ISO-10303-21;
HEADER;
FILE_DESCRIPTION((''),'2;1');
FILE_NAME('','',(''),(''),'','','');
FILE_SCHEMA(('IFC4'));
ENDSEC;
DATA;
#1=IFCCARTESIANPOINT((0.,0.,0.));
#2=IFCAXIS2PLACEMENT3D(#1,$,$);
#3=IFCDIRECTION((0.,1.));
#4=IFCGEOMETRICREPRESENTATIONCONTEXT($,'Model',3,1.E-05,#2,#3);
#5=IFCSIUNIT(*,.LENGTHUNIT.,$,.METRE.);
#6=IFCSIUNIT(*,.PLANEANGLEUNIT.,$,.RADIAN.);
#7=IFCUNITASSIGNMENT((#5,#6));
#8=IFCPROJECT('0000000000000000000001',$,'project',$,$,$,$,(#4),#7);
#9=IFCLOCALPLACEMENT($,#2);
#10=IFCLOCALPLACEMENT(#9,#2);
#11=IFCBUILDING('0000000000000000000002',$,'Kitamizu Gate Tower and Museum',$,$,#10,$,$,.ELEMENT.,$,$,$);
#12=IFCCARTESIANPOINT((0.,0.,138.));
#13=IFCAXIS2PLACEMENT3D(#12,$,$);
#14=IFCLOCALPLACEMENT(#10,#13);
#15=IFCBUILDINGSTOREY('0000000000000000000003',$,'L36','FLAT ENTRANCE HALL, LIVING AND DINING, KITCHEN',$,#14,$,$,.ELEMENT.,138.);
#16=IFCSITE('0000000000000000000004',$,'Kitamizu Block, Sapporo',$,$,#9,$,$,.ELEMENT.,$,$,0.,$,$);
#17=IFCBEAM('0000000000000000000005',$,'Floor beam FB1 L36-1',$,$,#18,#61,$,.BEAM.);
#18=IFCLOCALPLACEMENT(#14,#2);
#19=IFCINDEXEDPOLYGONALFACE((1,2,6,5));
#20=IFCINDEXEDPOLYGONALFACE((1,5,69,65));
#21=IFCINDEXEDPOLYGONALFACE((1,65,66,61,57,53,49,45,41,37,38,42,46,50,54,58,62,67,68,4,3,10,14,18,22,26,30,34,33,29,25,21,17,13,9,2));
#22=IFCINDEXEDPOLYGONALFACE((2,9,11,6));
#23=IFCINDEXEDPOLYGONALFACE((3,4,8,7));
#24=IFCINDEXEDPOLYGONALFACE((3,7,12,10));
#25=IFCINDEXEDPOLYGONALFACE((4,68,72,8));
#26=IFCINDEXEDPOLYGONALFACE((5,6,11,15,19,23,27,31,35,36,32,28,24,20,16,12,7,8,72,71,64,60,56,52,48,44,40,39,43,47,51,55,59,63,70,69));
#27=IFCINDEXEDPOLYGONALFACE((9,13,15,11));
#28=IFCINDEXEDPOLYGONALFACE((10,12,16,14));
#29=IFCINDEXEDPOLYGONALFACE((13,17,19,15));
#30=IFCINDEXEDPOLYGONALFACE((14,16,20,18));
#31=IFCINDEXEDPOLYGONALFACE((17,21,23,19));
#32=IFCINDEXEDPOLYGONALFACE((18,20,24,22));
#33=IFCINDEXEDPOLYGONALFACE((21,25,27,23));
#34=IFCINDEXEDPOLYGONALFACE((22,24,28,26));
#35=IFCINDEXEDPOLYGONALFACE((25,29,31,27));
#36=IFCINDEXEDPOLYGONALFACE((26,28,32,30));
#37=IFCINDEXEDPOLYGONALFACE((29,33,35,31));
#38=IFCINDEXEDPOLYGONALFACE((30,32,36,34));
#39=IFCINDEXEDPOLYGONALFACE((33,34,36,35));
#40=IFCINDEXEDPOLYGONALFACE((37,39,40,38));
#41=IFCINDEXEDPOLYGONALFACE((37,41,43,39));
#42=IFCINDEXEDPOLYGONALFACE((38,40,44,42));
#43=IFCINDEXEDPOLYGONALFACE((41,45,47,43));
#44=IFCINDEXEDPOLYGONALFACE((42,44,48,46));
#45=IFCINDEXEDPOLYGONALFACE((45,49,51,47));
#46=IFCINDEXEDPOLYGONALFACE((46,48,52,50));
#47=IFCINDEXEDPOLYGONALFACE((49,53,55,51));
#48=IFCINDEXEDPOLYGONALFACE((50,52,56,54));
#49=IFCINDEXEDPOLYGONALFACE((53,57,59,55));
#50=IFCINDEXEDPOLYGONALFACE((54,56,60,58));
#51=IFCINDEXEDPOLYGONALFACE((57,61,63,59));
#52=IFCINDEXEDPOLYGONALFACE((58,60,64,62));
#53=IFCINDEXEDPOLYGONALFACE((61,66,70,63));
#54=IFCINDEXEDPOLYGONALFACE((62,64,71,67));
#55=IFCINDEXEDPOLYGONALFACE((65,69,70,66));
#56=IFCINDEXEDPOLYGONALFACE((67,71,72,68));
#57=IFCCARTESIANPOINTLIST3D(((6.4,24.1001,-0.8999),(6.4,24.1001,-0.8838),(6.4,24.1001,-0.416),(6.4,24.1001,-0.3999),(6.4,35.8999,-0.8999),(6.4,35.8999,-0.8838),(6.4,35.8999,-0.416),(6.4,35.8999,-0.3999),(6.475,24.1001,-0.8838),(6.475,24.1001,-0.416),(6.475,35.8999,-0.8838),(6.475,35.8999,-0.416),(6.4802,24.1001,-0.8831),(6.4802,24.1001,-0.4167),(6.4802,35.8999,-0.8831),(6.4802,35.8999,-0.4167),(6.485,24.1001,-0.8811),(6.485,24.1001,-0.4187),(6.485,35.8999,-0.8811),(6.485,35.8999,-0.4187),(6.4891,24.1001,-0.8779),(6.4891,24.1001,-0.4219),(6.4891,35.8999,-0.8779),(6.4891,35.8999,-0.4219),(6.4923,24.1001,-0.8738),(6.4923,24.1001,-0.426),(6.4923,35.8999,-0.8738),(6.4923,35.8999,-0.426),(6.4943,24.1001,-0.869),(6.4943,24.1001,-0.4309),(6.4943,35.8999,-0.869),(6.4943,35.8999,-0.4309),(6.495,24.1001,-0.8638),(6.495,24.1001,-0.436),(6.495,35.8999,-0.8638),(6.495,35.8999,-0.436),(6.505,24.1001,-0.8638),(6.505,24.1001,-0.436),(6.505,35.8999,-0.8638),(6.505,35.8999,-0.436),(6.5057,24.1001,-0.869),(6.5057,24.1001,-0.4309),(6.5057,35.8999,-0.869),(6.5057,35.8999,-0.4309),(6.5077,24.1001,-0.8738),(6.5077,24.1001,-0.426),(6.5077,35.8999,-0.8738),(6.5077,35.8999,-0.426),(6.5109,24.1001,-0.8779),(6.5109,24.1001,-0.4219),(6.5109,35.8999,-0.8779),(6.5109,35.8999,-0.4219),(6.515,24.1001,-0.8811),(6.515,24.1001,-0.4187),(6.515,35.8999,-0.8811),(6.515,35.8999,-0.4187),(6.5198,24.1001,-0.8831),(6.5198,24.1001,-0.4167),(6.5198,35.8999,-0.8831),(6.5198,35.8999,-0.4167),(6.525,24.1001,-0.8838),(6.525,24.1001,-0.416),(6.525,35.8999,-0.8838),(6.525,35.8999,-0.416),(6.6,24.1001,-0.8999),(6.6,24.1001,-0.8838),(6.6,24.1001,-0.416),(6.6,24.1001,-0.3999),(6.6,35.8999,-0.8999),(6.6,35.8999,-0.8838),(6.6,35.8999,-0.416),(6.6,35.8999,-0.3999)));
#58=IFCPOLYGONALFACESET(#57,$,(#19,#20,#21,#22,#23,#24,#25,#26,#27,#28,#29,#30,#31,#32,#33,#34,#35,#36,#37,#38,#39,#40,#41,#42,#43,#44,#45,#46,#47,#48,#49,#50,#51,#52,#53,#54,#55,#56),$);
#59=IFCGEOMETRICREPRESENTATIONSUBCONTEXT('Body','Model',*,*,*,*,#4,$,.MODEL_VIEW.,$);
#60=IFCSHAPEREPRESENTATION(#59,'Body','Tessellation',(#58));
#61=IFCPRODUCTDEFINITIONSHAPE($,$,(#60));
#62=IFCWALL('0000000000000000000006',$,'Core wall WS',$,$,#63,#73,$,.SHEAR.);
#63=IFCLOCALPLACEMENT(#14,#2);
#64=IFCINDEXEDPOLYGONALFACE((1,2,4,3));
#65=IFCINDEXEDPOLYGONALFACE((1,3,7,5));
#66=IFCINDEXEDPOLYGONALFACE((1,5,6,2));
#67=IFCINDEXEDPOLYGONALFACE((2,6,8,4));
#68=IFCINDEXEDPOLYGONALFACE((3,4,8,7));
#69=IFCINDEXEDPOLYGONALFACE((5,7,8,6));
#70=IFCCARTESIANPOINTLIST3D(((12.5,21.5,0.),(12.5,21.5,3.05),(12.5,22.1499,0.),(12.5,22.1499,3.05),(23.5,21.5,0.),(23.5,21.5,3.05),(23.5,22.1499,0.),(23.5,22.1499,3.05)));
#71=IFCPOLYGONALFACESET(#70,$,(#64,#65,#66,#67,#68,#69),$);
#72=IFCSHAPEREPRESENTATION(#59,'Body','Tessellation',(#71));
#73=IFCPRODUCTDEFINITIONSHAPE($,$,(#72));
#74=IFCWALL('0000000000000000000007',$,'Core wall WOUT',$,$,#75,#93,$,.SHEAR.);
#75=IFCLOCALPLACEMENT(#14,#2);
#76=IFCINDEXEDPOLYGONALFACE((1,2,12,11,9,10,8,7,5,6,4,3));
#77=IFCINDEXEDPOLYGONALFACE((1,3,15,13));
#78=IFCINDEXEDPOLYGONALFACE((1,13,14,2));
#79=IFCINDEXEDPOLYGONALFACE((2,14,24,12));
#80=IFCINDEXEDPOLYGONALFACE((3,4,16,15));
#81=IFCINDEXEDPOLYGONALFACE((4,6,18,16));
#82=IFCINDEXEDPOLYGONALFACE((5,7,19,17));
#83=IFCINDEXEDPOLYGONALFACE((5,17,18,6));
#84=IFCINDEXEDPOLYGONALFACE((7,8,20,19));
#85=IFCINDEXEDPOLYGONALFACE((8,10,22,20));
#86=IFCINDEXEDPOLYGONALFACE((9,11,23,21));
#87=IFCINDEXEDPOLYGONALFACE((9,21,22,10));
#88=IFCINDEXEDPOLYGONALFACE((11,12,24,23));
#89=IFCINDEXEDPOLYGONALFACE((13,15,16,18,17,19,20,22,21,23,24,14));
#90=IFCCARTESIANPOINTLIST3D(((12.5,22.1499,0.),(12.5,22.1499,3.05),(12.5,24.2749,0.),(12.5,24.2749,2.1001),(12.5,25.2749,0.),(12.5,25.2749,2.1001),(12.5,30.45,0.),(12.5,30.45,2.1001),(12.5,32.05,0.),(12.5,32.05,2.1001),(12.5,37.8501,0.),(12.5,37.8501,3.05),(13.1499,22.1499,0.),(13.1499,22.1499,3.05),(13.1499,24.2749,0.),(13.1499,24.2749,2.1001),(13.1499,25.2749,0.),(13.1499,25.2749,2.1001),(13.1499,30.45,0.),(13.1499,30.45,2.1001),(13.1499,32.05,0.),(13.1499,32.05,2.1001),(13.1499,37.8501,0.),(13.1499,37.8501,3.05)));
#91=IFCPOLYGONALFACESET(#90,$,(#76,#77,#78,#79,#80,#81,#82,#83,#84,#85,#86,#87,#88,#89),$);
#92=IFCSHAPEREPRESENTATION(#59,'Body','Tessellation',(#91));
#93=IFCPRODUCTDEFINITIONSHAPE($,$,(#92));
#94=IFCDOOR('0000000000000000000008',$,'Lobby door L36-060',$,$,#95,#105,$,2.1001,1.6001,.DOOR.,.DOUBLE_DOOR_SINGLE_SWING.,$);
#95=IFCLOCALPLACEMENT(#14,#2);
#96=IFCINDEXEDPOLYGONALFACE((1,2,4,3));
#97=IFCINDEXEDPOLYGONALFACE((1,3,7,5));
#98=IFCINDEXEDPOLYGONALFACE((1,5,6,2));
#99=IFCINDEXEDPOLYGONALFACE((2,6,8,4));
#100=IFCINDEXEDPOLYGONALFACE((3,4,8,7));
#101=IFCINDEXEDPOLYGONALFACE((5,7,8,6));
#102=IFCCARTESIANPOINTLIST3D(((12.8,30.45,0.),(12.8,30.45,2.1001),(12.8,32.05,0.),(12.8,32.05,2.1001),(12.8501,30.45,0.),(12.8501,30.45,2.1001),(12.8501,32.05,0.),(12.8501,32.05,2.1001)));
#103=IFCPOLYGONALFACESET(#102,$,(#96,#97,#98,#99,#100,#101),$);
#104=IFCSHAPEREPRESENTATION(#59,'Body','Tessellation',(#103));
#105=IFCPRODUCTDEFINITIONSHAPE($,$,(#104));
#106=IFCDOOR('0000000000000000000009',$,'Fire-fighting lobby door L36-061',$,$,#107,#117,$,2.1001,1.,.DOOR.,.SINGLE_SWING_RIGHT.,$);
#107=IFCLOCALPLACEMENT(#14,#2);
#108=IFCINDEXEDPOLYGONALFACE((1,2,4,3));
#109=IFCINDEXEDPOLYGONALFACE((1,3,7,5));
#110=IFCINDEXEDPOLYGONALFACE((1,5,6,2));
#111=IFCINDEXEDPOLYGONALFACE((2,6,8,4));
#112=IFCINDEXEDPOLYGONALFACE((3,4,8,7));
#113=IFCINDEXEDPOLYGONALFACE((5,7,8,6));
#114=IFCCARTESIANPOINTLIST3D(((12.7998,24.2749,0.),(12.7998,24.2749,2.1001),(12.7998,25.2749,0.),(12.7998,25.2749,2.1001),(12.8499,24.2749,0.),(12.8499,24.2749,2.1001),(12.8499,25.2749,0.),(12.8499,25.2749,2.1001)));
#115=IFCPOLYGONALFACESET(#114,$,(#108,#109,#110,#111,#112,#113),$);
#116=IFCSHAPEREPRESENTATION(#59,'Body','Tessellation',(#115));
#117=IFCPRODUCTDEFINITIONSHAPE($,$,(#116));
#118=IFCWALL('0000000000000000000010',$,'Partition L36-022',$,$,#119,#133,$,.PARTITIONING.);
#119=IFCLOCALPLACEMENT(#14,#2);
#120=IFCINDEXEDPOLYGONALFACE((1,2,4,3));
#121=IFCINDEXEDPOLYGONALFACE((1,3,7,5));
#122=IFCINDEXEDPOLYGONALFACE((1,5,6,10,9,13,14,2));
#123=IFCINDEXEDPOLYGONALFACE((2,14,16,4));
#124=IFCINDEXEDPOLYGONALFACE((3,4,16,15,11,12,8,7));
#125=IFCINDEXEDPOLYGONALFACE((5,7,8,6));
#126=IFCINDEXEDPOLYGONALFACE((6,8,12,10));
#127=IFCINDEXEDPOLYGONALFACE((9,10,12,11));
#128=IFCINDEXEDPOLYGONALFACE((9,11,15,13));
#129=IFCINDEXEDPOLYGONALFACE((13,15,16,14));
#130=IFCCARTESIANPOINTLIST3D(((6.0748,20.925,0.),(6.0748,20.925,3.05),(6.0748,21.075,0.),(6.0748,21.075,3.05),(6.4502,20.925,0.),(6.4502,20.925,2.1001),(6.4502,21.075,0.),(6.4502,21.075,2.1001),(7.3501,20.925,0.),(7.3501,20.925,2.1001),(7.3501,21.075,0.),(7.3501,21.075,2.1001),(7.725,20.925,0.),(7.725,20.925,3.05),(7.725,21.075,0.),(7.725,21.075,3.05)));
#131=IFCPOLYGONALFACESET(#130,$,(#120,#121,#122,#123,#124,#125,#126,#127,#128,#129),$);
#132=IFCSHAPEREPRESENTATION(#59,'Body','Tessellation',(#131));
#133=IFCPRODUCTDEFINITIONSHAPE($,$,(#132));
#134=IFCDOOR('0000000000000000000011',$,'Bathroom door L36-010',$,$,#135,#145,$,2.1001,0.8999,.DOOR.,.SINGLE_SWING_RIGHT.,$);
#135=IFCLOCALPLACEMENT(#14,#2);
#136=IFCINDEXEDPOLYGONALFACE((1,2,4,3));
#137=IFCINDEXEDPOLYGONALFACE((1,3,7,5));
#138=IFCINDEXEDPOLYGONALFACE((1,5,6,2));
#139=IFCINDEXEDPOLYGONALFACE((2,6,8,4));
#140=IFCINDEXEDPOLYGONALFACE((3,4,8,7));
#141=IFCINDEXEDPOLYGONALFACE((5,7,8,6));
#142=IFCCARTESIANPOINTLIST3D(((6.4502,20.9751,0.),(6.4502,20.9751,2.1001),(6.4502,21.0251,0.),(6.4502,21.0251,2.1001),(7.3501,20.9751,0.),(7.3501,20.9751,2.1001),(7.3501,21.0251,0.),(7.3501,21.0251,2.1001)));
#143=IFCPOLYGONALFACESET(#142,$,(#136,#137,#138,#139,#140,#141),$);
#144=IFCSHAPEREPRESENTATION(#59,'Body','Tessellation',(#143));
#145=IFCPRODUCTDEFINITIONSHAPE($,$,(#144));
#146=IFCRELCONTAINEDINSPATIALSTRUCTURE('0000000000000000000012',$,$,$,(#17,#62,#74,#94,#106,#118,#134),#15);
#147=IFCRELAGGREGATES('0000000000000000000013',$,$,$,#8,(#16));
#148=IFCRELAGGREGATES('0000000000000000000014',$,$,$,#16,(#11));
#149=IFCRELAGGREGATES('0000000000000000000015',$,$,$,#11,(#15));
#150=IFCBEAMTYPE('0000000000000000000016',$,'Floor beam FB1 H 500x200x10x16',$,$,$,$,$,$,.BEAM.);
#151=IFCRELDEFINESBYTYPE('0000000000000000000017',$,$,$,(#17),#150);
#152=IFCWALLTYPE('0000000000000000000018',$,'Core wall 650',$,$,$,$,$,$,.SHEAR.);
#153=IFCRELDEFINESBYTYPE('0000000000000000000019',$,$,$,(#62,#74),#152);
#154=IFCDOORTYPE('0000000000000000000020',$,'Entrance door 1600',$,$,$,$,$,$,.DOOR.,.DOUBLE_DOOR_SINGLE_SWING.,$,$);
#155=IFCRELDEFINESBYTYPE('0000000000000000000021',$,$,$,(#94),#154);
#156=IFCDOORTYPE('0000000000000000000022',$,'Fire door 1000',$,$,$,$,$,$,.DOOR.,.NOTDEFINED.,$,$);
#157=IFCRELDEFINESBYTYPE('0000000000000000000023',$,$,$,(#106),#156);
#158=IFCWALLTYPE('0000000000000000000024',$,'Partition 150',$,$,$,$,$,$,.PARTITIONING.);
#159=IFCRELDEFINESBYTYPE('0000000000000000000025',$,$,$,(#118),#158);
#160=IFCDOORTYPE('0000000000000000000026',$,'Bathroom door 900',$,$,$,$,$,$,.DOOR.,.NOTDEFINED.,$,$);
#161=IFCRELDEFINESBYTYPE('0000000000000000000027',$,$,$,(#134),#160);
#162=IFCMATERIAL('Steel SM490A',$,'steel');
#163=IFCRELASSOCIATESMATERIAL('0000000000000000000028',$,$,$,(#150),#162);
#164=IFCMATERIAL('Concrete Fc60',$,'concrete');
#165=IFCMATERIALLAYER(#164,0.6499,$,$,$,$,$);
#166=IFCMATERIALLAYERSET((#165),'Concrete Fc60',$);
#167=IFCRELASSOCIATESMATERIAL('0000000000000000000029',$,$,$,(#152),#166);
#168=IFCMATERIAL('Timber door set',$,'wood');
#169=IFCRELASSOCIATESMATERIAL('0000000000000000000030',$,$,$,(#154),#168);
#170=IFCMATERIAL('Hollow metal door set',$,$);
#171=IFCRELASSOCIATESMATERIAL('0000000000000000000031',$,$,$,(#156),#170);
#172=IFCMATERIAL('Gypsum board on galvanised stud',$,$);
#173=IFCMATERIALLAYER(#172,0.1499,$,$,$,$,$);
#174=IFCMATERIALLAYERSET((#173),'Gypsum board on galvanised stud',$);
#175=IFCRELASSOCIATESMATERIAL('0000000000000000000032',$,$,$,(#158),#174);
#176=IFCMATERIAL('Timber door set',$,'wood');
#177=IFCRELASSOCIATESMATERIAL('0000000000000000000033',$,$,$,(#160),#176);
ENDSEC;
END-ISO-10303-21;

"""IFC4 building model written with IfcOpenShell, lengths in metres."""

from ifc_helpers import new_model, si_unit, direction, frame, frame_2d, origin, origin_2d, place, context, subcontext, project, spatial, rectangle, i_section, extrude, material, layer, layer_set, material_profile, profile_set, type_object, element, fill, save


model = new_model("IFC4")

# Units and contexts
model_context = context("Model", 3, precision=1e-05, world=origin(), true_north=direction((0.0, 1.0)))
body_context = subcontext(model_context, "Body", "Model", "MODEL_VIEW")
ifc_project = project(units=[si_unit("LENGTHUNIT", "METRE"), si_unit("PLANEANGLEUNIT", "RADIAN")], contexts=[model_context])

# Site, building, storey
site_placement = place(None, origin())
site = spatial("IfcSite", under=ifc_project, at=site_placement, Name="Kitamizu Block, Sapporo", CompositionType="ELEMENT", RefElevation=0.0)
building_placement = place(site_placement, origin())
building = spatial("IfcBuilding", under=site, at=building_placement, Name="Kitamizu Gate Tower and Museum", CompositionType="ELEMENT")
storey_placement = place(building_placement, frame((0.0, 0.0, 138.0)))
storey = spatial("IfcBuildingStorey", under=building, at=storey_placement, Name="L36", Description="FLAT ENTRANCE HALL, LIVING AND DINING, KITCHEN", CompositionType="ELEMENT", Elevation=138.0)

# Beam
ifc_material_1 = material(Name="Steel SM490A", Category="steel")
ifc_material_profile = material_profile(ifc_material_1, i_section(OverallWidth=0.2, OverallDepth=0.5, WebThickness=0.01, FlangeThickness=0.0161, FilletRadius=0.02, at=origin_2d()), Name="H-500x200x10x16")
ifc_profile_set = profile_set([ifc_material_profile], Name="Steel SM490A")
beam_type = type_object("IfcBeamType", Name="Floor beam FB1 H 500x200x10x16", PredefinedType="BEAM", material=ifc_profile_set)
beam_placement = place(storey_placement, frame((6.5, 24.1001, -0.6499), z_axis=(0.0, 1.0, 0.0), x_axis=(-1.0, 0.0, 0.0)))
element("IfcBeam", 1, at=beam_placement, inside=storey, type_object=beam_type, Name="Floor beam FB1 L36-1", PredefinedType="BEAM", context=body_context, shape_type="SweptSolid", body=[
    extrude(i_section(OverallWidth=0.2, OverallDepth=0.5, WebThickness=0.01, FlangeThickness=0.0161, FilletRadius=0.02, at=origin_2d()), origin(), (0.0, 0.0, 1.0), 11.7998),
])

# Wall
ifc_material_2 = material(Name="Concrete Fc60", Category="concrete")
ifc_layer_1 = layer(ifc_material_2, 0.6499)
ifc_layer_set_1 = layer_set([ifc_layer_1], Name="Concrete Fc60")
wall_type_1 = type_object("IfcWallType", Name="Core wall 650", PredefinedType="SHEAR", material=ifc_layer_set_1)
wall_1_placement = place(storey_placement, frame((12.5, 21.825, 0.0), z_axis=(0.0, 0.0, 1.0), x_axis=(1.0, 0.0, 0.0)))
element("IfcWall", 2, at=wall_1_placement, inside=storey, type_object=wall_type_1, Name="Core wall WS", PredefinedType="SHEAR", context=body_context, shape_type="SweptSolid", body=[
    extrude(rectangle(XDim=11.0, YDim=0.6499, at=frame_2d((5.5, 0.0))), origin(), (0.0, 0.0, 1.0), 3.05),
])

# Wall, openings, doors
wall_2_placement = place(storey_placement, frame((12.825, 22.1499, 0.0), z_axis=(0.0, 0.0, 1.0), x_axis=(0.0, 1.0, 0.0)))
wall_2 = element("IfcWall", 3, at=wall_2_placement, inside=storey, type_object=wall_type_1, Name="Core wall WOUT", PredefinedType="SHEAR", context=body_context, shape_type="SweptSolid", body=[
    extrude(rectangle(XDim=15.7002, YDim=0.6499, at=frame_2d((7.8501, 0.0))), origin(), (0.0, 0.0, 1.0), 3.05),
])
opening_1_placement = place(wall_2_placement, frame((8.3, 0.0, 0.0)))
opening_1 = element("IfcOpeningElement", 4, at=opening_1_placement, cuts=wall_2, PredefinedType="OPENING", context=body_context, shape_type="SweptSolid", body=[
    extrude(rectangle(XDim=1.6001, YDim=2.1001, at=frame_2d((0.8, 1.05))), frame((0.0, 0.335, 0.0), z_axis=(0.0, -1.0, 0.0), x_axis=(1.0, 0.0, 0.0)), (0.0, 0.0, 1.0), 0.6699),
])
opening_2_placement = place(wall_2_placement, frame((2.125, 0.0, 0.0)))
opening_2 = element("IfcOpeningElement", 5, at=opening_2_placement, cuts=wall_2, PredefinedType="OPENING", context=body_context, shape_type="SweptSolid", body=[
    extrude(rectangle(XDim=1.0, YDim=2.1001, at=frame_2d((0.5, 1.05))), frame((0.0, 0.335, 0.0), z_axis=(0.0, -1.0, 0.0), x_axis=(1.0, 0.0, 0.0)), (0.0, 0.0, 1.0), 0.6699),
])
ifc_material_3 = material(Name="Timber door set", Category="wood")
door_type_1 = type_object("IfcDoorType", Name="Entrance door 1600", OperationType="DOUBLE_DOOR_SINGLE_SWING", PredefinedType="DOOR", material=ifc_material_3)
door_1_placement = place(opening_1_placement, origin())
door_1 = element("IfcDoor", 6, at=door_1_placement, inside=storey, type_object=door_type_1, Name="Lobby door L36-060", OperationType="DOUBLE_DOOR_SINGLE_SWING", OverallHeight=2.1001, OverallWidth=1.6001, PredefinedType="DOOR", context=body_context, shape_type="SweptSolid", body=[
    extrude(rectangle(XDim=1.6001, YDim=2.1001, at=frame_2d((0.8, 1.05))), frame((0.0, 0.0249, 0.0), z_axis=(0.0, -1.0, 0.0), x_axis=(1.0, 0.0, 0.0)), (0.0, 0.0, 1.0), 0.05),
])
fill(opening_1, door_1)
ifc_material_4 = material(Name="Hollow metal door set")
door_type_2 = type_object("IfcDoorType", Name="Fire door 1000", OperationType="NOTDEFINED", PredefinedType="DOOR", material=ifc_material_4)
door_2_placement = place(opening_2_placement, frame((1.0, 0.0, 0.0), x_axis=(-1.0, 0.0, 0.0)))
door_2 = element("IfcDoor", 7, at=door_2_placement, inside=storey, type_object=door_type_2, Name="Fire-fighting lobby door L36-061", OperationType="SINGLE_SWING_RIGHT", OverallHeight=2.1001, OverallWidth=1.0, PredefinedType="DOOR", context=body_context, shape_type="SweptSolid", body=[
    extrude(rectangle(XDim=1.0, YDim=2.1001, at=frame_2d((0.5, 1.05))), frame((0.0, 0.0249, 0.0), z_axis=(0.0, -1.0, 0.0), x_axis=(1.0, 0.0, 0.0)), (0.0, 0.0, 1.0), 0.05),
])
fill(opening_2, door_2)

# Wall, opening, door
ifc_material_5 = material(Name="Gypsum board on galvanised stud")
ifc_layer_2 = layer(ifc_material_5, 0.1499)
ifc_layer_set_2 = layer_set([ifc_layer_2], Name="Gypsum board on galvanised stud")
wall_type_2 = type_object("IfcWallType", Name="Partition 150", PredefinedType="PARTITIONING", material=ifc_layer_set_2)
wall_3_placement = place(storey_placement, frame((7.7251, 21.0, 0.0), z_axis=(0.0, 0.0, 1.0), x_axis=(-1.0, 0.0, 0.0)))
wall_3 = element("IfcWall", 8, at=wall_3_placement, inside=storey, type_object=wall_type_2, Name="Partition L36-022", PredefinedType="PARTITIONING", context=body_context, shape_type="SweptSolid", body=[
    extrude(rectangle(XDim=1.6501, YDim=0.1499, at=frame_2d((0.8252, 0.0))), origin(), (0.0, 0.0, 1.0), 3.05),
])
opening_3_placement = place(wall_3_placement, frame((0.375, 0.0, 0.0)))
opening_3 = element("IfcOpeningElement", 9, at=opening_3_placement, cuts=wall_3, PredefinedType="OPENING", context=body_context, shape_type="SweptSolid", body=[
    extrude(rectangle(XDim=0.8999, YDim=2.1001, at=frame_2d((0.45, 1.05))), frame((0.0, 0.085, 0.0), z_axis=(0.0, -1.0, 0.0), x_axis=(1.0, 0.0, 0.0)), (0.0, 0.0, 1.0), 0.1699),
])
ifc_material_6 = material(Name="Timber door set", Category="wood")
door_type_3 = type_object("IfcDoorType", Name="Bathroom door 900", OperationType="NOTDEFINED", PredefinedType="DOOR", material=ifc_material_6)
door_3_placement = place(opening_3_placement, origin())
door_3 = element("IfcDoor", 10, at=door_3_placement, inside=storey, type_object=door_type_3, Name="Bathroom door L36-010", OperationType="SINGLE_SWING_RIGHT", OverallHeight=2.1001, OverallWidth=0.8999, PredefinedType="DOOR", context=body_context, shape_type="SweptSolid", body=[
    extrude(rectangle(XDim=0.8999, YDim=2.1001, at=frame_2d((0.45, 1.05))), frame((0.0, 0.0249, 0.0), z_axis=(0.0, -1.0, 0.0), x_axis=(1.0, 0.0, 0.0)), (0.0, 0.0, 1.0), 0.05),
])
fill(opening_3, door_3)

save(model, "model.ifc")
